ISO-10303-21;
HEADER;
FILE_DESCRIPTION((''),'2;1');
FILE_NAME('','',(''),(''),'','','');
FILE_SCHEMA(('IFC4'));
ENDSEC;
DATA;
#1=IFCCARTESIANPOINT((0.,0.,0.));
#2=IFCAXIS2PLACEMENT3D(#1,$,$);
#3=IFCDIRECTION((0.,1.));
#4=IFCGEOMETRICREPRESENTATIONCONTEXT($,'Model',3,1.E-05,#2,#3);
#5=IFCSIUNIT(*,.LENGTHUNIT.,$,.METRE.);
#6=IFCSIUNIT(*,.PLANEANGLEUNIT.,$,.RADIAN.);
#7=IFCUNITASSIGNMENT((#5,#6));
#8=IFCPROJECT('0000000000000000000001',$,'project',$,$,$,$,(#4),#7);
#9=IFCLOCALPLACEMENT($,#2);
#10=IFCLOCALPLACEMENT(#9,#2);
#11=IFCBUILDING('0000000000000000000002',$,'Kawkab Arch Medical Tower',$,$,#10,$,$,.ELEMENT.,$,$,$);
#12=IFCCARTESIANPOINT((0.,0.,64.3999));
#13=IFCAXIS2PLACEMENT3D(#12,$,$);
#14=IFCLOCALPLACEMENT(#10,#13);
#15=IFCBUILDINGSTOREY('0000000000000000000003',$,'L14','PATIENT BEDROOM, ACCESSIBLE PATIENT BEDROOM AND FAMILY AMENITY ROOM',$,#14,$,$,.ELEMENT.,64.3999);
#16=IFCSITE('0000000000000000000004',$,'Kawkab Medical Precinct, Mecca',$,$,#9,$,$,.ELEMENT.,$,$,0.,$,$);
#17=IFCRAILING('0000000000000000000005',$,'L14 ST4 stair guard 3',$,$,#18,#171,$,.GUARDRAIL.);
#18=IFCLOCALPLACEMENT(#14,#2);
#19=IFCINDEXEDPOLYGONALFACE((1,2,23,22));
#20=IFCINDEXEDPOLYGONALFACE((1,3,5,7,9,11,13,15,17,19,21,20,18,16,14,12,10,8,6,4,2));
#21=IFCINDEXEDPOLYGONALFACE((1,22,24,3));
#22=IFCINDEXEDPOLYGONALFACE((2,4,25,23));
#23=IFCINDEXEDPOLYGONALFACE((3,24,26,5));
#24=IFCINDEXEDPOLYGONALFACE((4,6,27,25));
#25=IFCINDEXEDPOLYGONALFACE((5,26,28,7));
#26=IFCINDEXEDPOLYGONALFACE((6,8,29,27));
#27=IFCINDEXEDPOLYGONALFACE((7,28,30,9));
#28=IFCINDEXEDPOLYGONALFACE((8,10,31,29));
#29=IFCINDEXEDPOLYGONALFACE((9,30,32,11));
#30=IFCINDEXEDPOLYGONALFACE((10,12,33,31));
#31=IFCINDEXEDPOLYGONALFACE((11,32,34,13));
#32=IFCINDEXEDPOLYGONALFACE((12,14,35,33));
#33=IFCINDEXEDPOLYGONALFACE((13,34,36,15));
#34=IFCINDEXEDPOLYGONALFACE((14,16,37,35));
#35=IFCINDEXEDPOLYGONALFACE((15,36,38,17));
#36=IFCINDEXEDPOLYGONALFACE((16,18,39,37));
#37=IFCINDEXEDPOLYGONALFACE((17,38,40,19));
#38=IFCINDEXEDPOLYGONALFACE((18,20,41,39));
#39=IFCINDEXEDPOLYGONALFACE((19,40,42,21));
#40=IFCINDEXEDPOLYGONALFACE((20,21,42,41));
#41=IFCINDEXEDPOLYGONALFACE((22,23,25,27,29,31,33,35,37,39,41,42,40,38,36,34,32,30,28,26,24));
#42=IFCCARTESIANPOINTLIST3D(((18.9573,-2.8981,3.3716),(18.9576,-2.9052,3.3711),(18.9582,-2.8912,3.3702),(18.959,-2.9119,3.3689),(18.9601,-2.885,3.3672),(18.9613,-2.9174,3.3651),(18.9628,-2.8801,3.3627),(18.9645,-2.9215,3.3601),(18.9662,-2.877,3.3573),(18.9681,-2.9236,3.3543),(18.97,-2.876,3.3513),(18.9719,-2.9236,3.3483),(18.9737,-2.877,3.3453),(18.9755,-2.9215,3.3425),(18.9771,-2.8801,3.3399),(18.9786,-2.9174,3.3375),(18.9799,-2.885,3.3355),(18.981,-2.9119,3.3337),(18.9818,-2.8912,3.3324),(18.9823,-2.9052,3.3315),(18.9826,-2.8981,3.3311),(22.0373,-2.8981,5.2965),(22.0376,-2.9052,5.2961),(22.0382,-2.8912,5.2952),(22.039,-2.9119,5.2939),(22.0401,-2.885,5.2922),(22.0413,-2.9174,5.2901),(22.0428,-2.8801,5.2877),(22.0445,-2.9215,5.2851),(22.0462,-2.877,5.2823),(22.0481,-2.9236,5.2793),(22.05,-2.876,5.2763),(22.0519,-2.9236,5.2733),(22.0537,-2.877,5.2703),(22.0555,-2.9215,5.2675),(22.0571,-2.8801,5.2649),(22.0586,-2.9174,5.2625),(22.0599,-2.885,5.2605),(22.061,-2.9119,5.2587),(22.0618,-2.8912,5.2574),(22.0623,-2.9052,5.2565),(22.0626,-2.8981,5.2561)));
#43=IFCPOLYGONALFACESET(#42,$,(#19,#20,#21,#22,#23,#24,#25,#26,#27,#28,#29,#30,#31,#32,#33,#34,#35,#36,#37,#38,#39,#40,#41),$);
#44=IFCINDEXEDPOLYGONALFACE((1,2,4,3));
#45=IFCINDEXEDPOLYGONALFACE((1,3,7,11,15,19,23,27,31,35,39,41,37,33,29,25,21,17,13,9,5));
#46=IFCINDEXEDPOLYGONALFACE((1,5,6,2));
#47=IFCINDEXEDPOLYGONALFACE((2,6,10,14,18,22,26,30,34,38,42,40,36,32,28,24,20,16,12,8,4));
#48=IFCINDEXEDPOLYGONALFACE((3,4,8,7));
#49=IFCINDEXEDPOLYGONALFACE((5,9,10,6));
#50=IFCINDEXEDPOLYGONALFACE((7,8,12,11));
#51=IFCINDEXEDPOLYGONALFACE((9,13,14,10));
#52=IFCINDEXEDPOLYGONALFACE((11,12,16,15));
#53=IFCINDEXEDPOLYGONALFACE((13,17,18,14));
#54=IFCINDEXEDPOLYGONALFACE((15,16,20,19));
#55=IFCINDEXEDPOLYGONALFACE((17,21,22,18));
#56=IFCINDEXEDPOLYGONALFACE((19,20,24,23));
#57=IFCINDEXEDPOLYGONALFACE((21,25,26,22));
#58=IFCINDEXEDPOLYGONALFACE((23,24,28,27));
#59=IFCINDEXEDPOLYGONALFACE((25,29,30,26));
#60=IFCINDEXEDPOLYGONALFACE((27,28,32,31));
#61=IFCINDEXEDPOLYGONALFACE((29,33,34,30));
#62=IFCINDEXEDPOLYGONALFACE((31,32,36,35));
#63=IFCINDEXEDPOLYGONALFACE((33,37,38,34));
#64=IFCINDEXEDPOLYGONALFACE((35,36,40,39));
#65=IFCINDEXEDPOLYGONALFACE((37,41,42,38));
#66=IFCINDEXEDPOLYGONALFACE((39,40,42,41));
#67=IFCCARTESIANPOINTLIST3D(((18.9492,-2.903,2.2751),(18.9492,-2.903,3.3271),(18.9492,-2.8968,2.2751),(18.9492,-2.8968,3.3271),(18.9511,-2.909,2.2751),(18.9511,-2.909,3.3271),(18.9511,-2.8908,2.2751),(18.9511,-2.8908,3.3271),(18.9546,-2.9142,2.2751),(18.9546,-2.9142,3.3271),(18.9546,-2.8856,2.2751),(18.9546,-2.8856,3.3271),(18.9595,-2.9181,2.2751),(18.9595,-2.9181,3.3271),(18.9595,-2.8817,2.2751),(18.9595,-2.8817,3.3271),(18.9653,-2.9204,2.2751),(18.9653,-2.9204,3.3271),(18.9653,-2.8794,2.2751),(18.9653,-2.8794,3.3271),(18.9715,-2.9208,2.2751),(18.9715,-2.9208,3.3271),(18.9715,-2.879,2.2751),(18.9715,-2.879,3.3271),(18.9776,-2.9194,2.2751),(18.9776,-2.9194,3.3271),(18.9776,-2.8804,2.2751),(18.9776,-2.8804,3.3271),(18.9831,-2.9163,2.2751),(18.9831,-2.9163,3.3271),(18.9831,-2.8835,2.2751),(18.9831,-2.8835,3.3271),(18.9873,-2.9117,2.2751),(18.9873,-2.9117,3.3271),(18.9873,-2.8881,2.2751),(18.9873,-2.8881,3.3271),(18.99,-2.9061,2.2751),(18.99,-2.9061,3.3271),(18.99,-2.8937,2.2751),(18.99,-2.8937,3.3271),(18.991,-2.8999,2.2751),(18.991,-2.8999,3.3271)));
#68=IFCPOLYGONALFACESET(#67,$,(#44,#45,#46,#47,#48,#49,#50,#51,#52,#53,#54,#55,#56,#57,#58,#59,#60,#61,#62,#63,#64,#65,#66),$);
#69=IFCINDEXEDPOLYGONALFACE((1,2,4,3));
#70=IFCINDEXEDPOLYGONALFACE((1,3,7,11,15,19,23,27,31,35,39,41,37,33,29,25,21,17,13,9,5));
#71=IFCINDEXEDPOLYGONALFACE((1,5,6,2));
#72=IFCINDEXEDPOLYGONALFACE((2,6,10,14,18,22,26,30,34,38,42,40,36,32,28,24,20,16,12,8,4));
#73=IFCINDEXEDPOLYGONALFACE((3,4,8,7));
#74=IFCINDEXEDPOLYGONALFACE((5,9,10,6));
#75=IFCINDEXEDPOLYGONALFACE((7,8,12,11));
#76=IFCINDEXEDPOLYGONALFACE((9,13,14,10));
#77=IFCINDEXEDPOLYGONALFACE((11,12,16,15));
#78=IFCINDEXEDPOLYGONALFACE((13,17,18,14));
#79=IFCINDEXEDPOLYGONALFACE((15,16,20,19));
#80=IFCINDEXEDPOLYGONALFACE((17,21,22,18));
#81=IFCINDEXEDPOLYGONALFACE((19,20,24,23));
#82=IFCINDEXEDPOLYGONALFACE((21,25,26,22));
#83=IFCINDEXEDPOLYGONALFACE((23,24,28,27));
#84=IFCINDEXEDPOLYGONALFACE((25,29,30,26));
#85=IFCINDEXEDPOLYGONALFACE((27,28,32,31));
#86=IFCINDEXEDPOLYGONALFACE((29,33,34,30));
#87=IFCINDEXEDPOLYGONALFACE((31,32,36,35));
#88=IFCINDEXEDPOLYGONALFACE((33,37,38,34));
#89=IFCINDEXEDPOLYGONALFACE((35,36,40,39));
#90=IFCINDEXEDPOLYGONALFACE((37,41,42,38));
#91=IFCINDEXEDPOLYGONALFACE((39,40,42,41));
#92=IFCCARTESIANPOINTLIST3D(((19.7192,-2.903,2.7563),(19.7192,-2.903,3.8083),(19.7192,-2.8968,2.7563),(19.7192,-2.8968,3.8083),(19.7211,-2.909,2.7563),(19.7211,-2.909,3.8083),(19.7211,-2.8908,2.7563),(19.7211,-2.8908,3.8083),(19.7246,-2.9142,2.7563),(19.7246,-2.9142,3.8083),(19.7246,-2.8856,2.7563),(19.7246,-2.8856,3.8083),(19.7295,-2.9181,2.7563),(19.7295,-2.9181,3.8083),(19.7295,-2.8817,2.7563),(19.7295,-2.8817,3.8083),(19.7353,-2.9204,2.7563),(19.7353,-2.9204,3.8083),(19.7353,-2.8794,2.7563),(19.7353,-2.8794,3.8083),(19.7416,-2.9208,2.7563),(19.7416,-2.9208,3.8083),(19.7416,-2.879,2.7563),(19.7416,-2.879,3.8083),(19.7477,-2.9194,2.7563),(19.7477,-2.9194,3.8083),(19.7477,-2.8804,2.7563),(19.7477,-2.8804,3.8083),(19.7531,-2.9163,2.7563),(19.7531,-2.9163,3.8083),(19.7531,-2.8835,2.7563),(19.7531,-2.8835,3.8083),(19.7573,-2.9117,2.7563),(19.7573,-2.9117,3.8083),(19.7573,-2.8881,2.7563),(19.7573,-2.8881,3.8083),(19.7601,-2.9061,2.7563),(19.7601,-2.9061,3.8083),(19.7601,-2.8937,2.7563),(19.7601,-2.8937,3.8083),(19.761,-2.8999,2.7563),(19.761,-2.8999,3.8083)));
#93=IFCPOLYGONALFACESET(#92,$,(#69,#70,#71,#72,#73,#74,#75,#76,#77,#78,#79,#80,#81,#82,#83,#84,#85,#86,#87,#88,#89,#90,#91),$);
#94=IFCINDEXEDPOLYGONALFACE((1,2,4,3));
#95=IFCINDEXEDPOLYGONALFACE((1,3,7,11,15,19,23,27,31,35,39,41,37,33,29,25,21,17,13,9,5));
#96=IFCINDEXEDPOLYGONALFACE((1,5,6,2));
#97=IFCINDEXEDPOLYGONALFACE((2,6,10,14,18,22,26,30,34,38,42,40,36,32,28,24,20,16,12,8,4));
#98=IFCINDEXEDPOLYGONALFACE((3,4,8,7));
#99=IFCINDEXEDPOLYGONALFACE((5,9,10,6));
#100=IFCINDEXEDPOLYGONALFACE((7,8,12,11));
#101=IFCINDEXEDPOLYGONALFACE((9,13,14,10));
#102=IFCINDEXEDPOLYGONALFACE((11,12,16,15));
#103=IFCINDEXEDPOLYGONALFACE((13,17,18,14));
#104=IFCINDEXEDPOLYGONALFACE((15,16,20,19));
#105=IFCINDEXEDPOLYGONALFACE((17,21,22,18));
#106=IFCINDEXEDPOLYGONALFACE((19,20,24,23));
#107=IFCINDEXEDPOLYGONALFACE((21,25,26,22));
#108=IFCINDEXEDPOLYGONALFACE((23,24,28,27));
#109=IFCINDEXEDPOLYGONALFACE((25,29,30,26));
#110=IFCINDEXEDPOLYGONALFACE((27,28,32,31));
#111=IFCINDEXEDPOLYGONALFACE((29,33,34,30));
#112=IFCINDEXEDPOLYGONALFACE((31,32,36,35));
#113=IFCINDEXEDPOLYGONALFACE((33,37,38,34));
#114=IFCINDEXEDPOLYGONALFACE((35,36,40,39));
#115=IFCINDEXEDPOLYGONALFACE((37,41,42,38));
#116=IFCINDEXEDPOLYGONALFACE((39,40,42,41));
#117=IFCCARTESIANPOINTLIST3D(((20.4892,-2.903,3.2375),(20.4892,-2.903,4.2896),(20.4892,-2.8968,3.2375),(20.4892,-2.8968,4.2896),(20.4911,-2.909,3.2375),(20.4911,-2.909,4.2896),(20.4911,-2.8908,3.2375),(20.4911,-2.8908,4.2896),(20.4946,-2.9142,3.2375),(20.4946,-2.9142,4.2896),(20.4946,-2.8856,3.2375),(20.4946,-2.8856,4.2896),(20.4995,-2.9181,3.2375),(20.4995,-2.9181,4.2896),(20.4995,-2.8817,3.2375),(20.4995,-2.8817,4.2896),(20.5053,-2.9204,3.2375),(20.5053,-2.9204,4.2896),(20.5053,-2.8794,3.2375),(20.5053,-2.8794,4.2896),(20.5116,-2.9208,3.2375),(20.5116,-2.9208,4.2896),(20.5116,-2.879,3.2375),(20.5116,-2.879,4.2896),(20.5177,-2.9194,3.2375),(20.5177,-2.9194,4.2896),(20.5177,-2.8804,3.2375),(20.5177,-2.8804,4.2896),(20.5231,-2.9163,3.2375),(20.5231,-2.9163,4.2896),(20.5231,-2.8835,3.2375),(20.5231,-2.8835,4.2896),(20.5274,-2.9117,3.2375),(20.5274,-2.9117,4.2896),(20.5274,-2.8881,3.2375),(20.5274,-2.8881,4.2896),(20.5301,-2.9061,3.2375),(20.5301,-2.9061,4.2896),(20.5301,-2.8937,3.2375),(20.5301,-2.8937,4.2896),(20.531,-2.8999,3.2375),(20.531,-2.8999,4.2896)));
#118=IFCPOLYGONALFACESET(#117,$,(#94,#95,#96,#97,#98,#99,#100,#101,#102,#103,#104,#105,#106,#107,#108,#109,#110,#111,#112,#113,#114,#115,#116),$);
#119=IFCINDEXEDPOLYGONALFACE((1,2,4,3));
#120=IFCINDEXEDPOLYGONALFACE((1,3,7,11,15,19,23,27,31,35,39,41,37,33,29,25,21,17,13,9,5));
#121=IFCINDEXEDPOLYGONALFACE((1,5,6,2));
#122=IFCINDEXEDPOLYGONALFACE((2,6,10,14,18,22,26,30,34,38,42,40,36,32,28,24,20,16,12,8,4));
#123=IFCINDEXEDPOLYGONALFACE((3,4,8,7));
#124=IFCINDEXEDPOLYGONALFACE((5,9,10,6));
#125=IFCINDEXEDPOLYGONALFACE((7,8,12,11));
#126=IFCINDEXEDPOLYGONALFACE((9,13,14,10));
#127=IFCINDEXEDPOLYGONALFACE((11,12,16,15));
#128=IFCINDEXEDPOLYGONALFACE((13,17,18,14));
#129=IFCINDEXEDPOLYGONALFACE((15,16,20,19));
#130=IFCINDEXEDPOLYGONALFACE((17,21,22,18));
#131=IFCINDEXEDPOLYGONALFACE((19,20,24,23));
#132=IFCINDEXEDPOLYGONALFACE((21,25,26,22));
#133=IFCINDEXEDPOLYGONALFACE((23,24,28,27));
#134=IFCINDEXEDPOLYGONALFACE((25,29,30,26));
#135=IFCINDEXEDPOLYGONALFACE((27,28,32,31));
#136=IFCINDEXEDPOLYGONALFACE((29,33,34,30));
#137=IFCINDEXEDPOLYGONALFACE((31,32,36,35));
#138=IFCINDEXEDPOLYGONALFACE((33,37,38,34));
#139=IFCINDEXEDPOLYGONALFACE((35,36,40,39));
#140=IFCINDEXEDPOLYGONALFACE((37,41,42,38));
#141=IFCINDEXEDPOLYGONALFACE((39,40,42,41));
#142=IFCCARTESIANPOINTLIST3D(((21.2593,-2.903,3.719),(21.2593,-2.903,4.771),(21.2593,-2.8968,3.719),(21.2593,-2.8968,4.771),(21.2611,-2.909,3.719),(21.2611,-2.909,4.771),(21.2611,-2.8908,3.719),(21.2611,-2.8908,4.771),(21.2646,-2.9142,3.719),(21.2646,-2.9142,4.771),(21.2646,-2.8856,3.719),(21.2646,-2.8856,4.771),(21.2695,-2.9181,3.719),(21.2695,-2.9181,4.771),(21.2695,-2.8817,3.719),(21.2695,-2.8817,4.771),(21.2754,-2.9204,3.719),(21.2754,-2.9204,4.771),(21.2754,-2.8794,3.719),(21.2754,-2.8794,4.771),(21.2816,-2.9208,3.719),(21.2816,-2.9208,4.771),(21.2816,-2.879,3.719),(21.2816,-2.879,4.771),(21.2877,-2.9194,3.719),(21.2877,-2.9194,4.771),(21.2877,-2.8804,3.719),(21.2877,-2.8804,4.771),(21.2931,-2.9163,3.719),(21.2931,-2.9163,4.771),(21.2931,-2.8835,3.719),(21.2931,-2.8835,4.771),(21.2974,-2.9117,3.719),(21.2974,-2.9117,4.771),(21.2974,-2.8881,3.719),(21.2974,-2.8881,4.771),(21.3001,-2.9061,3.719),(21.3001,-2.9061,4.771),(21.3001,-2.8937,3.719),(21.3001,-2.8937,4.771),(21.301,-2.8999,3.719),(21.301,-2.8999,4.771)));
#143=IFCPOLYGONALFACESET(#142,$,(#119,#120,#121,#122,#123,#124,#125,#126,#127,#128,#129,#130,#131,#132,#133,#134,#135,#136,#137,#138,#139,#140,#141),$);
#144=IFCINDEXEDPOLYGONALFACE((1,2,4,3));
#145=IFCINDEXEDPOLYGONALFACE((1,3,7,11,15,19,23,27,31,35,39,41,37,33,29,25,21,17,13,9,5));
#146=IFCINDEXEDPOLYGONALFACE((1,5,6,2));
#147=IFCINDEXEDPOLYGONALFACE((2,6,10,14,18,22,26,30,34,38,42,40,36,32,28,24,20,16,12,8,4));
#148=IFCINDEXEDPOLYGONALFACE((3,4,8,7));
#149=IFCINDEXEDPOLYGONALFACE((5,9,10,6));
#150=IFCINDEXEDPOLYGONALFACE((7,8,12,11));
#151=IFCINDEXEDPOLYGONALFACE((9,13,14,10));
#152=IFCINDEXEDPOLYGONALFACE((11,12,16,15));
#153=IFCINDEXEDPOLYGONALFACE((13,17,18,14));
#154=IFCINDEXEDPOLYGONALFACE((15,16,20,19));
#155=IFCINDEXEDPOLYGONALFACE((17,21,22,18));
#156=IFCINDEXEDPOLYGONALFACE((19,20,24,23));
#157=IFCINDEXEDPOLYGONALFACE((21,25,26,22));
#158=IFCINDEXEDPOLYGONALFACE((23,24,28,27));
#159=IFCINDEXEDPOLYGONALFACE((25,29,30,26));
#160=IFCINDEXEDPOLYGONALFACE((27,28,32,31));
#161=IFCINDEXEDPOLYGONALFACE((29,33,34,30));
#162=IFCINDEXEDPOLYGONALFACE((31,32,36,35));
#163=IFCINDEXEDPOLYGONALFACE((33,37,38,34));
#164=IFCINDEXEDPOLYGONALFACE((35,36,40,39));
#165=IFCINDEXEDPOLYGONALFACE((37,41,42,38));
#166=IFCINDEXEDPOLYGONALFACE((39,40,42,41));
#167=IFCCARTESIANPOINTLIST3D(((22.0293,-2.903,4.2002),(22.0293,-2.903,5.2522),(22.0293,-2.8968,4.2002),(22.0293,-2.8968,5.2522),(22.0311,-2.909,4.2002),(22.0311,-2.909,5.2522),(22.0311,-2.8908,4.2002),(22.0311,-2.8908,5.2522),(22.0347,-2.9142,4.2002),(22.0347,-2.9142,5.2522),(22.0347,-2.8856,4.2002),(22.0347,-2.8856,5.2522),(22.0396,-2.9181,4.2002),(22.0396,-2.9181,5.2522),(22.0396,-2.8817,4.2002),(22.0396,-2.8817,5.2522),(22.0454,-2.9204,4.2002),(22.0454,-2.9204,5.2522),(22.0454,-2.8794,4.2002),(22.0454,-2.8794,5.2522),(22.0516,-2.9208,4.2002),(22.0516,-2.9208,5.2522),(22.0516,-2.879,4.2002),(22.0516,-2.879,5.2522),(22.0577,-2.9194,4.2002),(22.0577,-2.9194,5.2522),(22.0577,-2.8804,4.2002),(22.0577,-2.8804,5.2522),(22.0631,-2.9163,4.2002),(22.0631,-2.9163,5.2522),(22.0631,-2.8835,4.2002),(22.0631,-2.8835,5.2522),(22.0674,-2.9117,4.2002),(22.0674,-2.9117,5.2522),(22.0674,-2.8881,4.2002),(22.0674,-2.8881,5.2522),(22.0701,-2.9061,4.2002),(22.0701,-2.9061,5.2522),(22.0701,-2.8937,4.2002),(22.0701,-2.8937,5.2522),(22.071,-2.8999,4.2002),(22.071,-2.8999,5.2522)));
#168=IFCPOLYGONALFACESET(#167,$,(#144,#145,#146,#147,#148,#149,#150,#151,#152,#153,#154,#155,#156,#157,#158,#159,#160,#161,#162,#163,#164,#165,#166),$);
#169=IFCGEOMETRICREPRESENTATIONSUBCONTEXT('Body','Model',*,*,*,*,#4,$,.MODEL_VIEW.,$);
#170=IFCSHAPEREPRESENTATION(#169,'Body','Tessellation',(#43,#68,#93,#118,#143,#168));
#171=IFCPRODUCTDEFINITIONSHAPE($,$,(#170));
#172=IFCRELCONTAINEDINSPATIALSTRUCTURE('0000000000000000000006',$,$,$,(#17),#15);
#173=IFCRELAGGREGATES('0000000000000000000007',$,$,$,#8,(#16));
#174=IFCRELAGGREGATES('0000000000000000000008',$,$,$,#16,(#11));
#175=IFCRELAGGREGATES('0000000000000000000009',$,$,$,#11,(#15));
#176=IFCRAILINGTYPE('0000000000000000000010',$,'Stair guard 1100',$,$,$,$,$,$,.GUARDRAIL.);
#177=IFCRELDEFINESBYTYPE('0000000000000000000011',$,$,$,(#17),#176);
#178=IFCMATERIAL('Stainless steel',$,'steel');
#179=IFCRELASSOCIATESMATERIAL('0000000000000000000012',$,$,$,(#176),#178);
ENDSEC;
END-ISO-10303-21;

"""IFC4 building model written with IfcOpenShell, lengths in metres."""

from ifc_helpers import new_model, si_unit, direction, frame, origin, origin_2d, place, context, subcontext, project, spatial, circle, extrude, material, type_object, element, save


model = new_model("IFC4")

# Units and contexts
model_context = context("Model", 3, precision=1e-05, world=origin(), true_north=direction((0.0, 1.0)))
body_context = subcontext(model_context, "Body", "Model", "MODEL_VIEW")
ifc_project = project(units=[si_unit("LENGTHUNIT", "METRE"), si_unit("PLANEANGLEUNIT", "RADIAN")], contexts=[model_context])

# Site, building, storey
site_placement = place(None, origin())
site = spatial("IfcSite", under=ifc_project, at=site_placement, Name="Kawkab Medical Precinct, Mecca", CompositionType="ELEMENT", RefElevation=0.0)
building_placement = place(site_placement, origin())
building = spatial("IfcBuilding", under=site, at=building_placement, Name="Kawkab Arch Medical Tower", CompositionType="ELEMENT")
storey_placement = place(building_placement, frame((0.0, 0.0, 64.3999)))
storey = spatial("IfcBuildingStorey", under=building, at=storey_placement, Name="L14", Description="PATIENT BEDROOM, ACCESSIBLE PATIENT BEDROOM AND FAMILY AMENITY ROOM", CompositionType="ELEMENT", Elevation=64.3999)

# Railing
ifc_material_1 = material(Name="Stainless steel", Category="steel")
railing_type_1 = type_object("IfcRailingType", Name="Stair guard 1100", PredefinedType="GUARDRAIL", material=ifc_material_1)
railing_1_placement = place(storey_placement, frame((18.97, -2.8999, 2.2751)))
element("IfcRailing", 1, at=railing_1_placement, inside=storey, type_object=railing_type_1, Name="L14 ST4 stair guard 3", PredefinedType="GUARDRAIL", context=body_context, shape_type="SweptSolid", body=[
    extrude(circle(Radius=0.0239, at=origin_2d()), frame((0.0, 0.0, 1.0762), z_axis=(0.847998, 0.0, 0.529999), x_axis=(0.0, 1.0, 0.0)), (0.0, 0.0, 1.0), 3.6321),
    extrude(circle(Radius=0.021, at=origin_2d()), origin(), (0.0, 0.0, 1.0), 1.052),
    extrude(circle(Radius=0.021, at=origin_2d()), frame((0.77, 0.0, 0.4812)), (0.0, 0.0, 1.0), 1.052),
    extrude(circle(Radius=0.021, at=origin_2d()), frame((1.54, 0.0, 0.9624)), (0.0, 0.0, 1.0), 1.052),
    extrude(circle(Radius=0.021, at=origin_2d()), frame((2.3101, 0.0, 1.4438)), (0.0, 0.0, 1.0), 1.052),
    extrude(circle(Radius=0.021, at=origin_2d()), frame((3.0801, 0.0, 1.925)), (0.0, 0.0, 1.0), 1.052),
])

save(model, "model.ifc")
